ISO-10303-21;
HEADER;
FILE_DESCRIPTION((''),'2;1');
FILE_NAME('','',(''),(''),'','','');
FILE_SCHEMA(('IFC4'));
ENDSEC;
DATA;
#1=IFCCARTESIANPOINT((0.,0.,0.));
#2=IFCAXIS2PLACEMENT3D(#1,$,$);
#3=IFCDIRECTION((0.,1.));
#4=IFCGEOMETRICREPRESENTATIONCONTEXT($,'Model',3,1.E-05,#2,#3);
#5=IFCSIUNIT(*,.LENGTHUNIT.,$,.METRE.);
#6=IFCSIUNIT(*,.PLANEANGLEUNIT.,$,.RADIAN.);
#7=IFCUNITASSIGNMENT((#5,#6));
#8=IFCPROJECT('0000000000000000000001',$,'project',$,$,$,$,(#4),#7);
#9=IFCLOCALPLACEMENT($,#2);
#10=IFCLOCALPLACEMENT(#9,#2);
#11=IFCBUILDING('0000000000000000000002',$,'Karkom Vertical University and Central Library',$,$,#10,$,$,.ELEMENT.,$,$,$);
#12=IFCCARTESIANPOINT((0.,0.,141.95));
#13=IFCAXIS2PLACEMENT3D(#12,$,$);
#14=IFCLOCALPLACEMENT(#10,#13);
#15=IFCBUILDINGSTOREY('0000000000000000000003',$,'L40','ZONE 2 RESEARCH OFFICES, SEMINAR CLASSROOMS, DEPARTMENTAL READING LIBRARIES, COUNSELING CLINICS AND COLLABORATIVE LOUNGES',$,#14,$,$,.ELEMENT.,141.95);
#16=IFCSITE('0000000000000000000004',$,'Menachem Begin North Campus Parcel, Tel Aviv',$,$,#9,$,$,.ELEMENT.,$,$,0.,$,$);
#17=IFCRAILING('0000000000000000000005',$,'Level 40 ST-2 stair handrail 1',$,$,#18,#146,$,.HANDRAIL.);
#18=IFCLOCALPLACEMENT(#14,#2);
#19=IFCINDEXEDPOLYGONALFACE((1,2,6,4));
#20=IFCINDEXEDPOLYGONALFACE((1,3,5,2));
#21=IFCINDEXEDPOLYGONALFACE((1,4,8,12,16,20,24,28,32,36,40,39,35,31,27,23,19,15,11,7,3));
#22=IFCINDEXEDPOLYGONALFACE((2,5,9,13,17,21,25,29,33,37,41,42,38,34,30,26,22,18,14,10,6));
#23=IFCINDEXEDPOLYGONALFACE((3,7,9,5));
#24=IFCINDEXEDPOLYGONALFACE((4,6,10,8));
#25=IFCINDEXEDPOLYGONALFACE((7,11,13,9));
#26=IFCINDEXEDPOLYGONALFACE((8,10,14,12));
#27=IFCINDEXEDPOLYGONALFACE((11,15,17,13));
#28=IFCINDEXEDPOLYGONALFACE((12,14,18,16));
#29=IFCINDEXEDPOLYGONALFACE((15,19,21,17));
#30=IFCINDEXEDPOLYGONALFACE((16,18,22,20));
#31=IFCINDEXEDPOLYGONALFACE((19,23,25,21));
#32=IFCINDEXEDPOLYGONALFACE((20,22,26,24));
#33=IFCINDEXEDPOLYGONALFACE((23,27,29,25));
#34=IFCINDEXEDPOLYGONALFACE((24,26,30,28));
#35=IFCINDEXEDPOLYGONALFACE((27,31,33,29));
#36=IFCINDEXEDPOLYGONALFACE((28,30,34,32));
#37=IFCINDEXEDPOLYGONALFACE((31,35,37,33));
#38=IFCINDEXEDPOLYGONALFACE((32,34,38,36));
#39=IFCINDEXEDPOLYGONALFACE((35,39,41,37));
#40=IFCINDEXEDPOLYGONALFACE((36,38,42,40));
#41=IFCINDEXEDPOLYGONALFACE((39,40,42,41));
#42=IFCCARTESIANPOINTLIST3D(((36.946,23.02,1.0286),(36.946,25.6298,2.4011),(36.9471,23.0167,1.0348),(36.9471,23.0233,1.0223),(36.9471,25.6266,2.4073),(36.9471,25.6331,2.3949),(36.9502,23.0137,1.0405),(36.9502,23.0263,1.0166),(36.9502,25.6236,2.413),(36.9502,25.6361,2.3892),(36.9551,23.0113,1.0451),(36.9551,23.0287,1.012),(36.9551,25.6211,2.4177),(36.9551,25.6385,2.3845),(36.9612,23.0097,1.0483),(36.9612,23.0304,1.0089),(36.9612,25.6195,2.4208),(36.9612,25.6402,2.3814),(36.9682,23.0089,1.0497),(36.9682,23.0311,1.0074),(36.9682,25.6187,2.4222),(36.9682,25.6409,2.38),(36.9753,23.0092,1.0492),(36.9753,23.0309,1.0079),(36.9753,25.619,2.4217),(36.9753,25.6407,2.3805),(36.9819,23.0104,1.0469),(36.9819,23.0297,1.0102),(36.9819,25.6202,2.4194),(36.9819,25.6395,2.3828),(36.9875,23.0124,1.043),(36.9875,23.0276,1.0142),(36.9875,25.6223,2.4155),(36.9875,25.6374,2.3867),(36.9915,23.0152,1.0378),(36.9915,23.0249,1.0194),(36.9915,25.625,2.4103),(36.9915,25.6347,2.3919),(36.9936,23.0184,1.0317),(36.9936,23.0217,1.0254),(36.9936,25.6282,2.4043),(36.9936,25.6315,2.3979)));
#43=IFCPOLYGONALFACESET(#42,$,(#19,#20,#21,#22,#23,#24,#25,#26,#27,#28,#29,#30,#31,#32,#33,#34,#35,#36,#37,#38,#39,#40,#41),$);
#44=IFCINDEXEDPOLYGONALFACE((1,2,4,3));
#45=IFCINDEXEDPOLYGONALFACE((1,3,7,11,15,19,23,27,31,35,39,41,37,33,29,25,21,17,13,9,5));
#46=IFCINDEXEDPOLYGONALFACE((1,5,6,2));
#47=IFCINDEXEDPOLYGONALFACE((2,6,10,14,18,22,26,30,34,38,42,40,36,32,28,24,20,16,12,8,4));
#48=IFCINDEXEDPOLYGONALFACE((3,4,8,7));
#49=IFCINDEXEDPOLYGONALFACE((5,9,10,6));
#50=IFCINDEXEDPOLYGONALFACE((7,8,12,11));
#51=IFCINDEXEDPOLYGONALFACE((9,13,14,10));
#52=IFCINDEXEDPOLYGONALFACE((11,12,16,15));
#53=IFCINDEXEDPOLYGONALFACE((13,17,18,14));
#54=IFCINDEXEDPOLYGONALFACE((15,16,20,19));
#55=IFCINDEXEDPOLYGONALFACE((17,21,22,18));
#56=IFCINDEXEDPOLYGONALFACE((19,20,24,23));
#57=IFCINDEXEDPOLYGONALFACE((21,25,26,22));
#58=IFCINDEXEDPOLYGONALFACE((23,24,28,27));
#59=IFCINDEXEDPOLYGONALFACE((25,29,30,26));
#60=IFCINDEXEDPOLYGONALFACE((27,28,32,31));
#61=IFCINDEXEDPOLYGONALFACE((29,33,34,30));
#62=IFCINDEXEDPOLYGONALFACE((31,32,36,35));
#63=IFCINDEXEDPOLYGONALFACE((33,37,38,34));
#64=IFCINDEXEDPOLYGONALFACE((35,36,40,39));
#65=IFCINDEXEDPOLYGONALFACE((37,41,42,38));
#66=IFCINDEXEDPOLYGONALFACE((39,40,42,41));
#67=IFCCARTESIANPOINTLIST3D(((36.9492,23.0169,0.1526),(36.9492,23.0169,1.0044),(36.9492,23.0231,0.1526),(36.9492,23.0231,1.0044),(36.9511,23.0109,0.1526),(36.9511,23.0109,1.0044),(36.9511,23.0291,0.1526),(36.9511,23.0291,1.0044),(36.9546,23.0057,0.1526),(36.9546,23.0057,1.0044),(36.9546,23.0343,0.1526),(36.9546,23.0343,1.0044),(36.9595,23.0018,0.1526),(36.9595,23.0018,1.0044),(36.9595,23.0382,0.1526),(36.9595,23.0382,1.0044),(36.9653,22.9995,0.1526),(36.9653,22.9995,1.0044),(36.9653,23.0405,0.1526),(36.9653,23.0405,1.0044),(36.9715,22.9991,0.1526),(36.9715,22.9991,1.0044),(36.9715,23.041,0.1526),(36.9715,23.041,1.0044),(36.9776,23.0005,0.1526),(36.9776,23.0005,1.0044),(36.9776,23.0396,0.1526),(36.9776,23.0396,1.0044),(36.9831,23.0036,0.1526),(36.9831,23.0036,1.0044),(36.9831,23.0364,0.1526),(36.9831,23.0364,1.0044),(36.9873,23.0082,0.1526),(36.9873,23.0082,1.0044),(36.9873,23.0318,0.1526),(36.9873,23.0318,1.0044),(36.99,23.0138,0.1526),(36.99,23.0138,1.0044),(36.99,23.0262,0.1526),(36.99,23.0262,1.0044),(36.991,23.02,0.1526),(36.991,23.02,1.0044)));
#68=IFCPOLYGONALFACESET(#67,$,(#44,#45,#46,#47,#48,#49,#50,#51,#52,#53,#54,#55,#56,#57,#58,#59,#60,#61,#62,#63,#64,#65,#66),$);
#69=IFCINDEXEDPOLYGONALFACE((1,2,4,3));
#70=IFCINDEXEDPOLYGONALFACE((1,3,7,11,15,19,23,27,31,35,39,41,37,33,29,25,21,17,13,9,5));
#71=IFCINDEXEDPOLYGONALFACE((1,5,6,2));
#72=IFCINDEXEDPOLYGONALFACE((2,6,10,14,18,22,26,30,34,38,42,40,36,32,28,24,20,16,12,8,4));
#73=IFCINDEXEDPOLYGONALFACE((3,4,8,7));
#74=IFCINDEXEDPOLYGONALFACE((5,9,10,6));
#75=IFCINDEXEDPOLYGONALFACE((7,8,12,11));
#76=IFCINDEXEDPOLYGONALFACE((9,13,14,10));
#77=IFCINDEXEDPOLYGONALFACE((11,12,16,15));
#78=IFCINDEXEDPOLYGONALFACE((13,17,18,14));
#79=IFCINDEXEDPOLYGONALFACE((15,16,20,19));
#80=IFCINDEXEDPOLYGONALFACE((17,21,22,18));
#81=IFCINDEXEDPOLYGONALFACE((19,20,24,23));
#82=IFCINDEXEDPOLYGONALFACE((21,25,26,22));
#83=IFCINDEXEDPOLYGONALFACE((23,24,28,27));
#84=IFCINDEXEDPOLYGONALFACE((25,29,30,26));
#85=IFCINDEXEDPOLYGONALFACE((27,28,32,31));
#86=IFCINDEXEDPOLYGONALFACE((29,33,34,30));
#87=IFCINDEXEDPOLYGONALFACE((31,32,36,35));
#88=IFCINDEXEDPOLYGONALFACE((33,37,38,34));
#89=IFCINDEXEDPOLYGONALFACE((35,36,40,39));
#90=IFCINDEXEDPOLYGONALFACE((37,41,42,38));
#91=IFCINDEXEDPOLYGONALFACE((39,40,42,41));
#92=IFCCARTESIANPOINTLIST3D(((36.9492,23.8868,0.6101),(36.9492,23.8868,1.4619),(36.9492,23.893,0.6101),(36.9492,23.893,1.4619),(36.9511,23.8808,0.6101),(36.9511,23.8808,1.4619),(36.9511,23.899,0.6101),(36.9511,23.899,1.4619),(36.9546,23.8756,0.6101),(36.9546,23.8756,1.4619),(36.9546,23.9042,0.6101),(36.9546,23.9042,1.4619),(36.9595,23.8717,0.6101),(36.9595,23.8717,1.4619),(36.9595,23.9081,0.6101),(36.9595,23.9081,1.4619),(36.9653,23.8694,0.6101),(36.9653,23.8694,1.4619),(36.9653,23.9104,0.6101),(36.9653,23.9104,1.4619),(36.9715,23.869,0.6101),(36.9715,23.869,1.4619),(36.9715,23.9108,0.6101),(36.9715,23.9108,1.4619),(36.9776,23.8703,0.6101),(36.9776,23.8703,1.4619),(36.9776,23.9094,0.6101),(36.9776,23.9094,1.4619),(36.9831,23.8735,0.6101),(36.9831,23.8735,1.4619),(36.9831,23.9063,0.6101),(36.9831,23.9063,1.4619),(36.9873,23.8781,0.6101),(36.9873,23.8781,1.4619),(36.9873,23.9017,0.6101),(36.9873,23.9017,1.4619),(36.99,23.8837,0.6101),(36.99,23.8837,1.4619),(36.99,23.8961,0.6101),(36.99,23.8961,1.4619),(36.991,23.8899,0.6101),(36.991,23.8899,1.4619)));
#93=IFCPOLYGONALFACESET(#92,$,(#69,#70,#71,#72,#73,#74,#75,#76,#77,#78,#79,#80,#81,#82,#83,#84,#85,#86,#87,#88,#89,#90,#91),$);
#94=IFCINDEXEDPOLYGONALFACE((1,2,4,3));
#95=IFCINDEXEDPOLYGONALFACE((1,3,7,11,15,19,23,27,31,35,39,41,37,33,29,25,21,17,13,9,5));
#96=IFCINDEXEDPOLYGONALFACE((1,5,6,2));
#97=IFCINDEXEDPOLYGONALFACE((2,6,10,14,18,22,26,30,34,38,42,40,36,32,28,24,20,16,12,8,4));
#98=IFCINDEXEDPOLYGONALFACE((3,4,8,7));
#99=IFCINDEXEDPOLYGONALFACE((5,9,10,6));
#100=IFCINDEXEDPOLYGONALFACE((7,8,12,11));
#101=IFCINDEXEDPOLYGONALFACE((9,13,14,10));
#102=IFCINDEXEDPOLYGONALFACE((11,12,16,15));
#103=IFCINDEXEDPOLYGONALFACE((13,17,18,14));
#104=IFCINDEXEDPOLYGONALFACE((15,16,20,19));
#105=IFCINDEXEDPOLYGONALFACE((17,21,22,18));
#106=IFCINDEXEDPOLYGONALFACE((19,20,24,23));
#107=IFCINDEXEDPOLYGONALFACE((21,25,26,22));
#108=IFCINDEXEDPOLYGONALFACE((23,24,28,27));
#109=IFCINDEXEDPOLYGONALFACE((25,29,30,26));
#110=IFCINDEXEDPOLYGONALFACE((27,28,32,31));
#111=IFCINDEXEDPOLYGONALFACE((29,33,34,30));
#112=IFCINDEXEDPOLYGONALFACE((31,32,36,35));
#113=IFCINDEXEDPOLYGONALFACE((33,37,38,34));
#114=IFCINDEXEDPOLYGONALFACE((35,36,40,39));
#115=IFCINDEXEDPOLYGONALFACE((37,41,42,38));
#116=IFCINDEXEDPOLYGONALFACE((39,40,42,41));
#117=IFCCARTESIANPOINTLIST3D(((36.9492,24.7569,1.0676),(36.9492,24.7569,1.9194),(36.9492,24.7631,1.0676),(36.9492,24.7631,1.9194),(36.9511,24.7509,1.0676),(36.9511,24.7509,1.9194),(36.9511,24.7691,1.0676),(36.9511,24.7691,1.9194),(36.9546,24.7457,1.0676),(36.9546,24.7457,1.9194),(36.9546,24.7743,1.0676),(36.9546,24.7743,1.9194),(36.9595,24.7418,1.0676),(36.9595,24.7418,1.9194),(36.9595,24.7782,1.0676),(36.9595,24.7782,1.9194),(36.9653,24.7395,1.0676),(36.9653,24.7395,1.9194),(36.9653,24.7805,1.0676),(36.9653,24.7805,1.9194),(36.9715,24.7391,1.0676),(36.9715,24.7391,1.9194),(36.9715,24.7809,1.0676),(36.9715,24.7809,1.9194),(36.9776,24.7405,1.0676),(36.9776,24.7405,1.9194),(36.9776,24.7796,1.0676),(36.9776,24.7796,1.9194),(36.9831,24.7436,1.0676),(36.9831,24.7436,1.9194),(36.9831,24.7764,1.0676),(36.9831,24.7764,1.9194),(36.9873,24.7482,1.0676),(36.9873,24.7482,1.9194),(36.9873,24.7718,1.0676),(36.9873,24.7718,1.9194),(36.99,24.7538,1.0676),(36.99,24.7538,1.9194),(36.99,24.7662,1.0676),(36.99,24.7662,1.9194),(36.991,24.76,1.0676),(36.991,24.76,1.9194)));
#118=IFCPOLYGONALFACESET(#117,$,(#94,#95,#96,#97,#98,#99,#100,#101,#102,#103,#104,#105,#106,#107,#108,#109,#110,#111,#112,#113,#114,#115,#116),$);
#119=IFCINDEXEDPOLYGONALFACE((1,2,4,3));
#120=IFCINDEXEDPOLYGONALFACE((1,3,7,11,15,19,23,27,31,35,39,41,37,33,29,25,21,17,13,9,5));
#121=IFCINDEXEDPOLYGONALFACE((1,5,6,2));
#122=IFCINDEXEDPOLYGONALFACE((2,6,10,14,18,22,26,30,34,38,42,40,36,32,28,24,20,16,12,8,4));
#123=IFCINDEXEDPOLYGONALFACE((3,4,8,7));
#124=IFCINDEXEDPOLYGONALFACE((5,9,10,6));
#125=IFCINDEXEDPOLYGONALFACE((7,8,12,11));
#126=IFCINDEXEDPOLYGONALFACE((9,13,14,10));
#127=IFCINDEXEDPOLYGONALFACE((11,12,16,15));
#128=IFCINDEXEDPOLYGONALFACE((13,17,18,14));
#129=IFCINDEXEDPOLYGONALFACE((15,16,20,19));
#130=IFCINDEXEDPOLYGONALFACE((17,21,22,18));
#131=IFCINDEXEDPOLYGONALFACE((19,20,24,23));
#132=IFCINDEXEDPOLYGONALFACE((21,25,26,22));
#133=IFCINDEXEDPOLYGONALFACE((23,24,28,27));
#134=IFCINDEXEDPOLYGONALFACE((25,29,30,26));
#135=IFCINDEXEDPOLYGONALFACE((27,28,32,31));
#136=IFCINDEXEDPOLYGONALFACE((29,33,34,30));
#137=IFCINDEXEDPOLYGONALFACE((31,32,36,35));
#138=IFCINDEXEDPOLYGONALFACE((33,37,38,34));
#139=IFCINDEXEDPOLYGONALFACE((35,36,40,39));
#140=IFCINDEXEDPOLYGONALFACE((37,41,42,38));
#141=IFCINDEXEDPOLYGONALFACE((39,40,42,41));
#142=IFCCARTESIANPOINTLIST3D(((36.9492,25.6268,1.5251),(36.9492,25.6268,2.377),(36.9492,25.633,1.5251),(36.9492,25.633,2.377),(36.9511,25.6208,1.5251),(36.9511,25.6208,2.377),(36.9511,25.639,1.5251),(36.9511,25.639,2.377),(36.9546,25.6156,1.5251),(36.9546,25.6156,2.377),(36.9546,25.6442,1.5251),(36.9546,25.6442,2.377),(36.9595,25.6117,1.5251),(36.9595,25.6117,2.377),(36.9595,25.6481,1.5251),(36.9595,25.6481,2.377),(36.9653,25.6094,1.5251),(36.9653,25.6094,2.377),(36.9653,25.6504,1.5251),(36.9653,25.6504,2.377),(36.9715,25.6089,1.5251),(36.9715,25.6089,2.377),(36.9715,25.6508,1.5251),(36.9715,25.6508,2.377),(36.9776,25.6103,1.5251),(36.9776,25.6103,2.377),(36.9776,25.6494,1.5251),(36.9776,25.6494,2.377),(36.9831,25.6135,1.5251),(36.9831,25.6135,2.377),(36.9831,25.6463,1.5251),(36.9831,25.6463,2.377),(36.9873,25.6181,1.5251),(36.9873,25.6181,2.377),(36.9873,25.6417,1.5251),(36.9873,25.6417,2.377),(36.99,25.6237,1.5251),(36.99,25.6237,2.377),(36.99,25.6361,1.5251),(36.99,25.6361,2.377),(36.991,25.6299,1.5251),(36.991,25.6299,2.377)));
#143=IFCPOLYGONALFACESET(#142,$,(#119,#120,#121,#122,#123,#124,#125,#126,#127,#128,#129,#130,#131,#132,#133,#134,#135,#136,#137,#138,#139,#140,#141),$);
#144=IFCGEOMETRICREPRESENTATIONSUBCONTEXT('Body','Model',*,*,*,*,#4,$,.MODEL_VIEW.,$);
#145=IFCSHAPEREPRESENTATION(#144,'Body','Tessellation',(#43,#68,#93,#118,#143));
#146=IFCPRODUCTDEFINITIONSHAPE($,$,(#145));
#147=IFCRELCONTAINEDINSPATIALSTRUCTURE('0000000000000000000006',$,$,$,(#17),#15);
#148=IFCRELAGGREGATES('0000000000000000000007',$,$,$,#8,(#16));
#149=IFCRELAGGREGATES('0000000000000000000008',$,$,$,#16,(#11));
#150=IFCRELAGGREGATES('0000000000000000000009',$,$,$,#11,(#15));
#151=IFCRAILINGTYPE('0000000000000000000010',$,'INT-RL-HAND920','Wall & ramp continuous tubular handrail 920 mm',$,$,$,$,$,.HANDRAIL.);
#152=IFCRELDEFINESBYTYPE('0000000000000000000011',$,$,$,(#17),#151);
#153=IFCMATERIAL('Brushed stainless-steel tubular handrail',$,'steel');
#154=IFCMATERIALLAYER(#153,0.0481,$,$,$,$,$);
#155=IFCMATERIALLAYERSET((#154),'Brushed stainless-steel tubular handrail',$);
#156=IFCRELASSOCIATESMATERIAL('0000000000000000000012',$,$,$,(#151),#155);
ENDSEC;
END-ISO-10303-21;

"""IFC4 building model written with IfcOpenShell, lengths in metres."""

from ifc_helpers import new_model, si_unit, direction, frame, origin, origin_2d, place, context, subcontext, project, spatial, circle, extrude, material, layer, layer_set, type_object, element, save


model = new_model("IFC4")

# Units and contexts
model_context = context("Model", 3, precision=1e-05, world=origin(), true_north=direction((0.0, 1.0)))
body_context = subcontext(model_context, "Body", "Model", "MODEL_VIEW")
ifc_project = project(units=[si_unit("LENGTHUNIT", "METRE"), si_unit("PLANEANGLEUNIT", "RADIAN")], contexts=[model_context])

# Site, building, storey
site_placement = place(None, origin())
site = spatial("IfcSite", under=ifc_project, at=site_placement, Name="Menachem Begin North Campus Parcel, Tel Aviv", CompositionType="ELEMENT", RefElevation=0.0)
building_placement = place(site_placement, origin())
building = spatial("IfcBuilding", under=site, at=building_placement, Name="Karkom Vertical University and Central Library", CompositionType="ELEMENT")
storey_placement = place(building_placement, frame((0.0, 0.0, 141.95)))
storey = spatial("IfcBuildingStorey", under=building, at=storey_placement, Name="L40", Description="ZONE 2 RESEARCH OFFICES, SEMINAR CLASSROOMS, DEPARTMENTAL READING LIBRARIES, COUNSELING CLINICS AND COLLABORATIVE LOUNGES", CompositionType="ELEMENT", Elevation=141.95)

# Railing
ifc_material_1 = material(Name="Brushed stainless-steel tubular handrail", Category="steel")
ifc_layer_1 = layer(ifc_material_1, 0.0481)
ifc_layer_set_1 = layer_set([ifc_layer_1], Name="Brushed stainless-steel tubular handrail")
railing_type_1 = type_object("IfcRailingType", Name="INT-RL-HAND920", Description="Wall & ramp continuous tubular handrail 920 mm", PredefinedType="HANDRAIL", material=ifc_layer_set_1)
railing_1_placement = place(storey_placement, frame((36.97, 23.02, 0.1526)))
element("IfcRailing", 1, at=railing_1_placement, inside=storey, type_object=railing_type_1, Name="Level 40 ST-2 stair handrail 1", PredefinedType="HANDRAIL", context=body_context, shape_type="SweptSolid", body=[
    extrude(circle(Radius=0.0239, at=origin_2d()), frame((0.0, 0.0, 0.876), z_axis=(0.0, 0.885065, 0.465467), x_axis=(-1.0, 0.0, 0.0)), (0.0, 0.0, 1.0), 2.9487),
    extrude(circle(Radius=0.021, at=origin_2d()), origin(), (0.0, 0.0, 1.0), 0.8518),
    extrude(circle(Radius=0.021, at=origin_2d()), frame((0.0, 0.8699, 0.4575)), (0.0, 0.0, 1.0), 0.8518),
    extrude(circle(Radius=0.021, at=origin_2d()), frame((0.0, 1.74, 0.915)), (0.0, 0.0, 1.0), 0.8518),
    extrude(circle(Radius=0.021, at=origin_2d()), frame((0.0, 2.6099, 1.3726)), (0.0, 0.0, 1.0), 0.8518),
])

save(model, "model.ifc")
